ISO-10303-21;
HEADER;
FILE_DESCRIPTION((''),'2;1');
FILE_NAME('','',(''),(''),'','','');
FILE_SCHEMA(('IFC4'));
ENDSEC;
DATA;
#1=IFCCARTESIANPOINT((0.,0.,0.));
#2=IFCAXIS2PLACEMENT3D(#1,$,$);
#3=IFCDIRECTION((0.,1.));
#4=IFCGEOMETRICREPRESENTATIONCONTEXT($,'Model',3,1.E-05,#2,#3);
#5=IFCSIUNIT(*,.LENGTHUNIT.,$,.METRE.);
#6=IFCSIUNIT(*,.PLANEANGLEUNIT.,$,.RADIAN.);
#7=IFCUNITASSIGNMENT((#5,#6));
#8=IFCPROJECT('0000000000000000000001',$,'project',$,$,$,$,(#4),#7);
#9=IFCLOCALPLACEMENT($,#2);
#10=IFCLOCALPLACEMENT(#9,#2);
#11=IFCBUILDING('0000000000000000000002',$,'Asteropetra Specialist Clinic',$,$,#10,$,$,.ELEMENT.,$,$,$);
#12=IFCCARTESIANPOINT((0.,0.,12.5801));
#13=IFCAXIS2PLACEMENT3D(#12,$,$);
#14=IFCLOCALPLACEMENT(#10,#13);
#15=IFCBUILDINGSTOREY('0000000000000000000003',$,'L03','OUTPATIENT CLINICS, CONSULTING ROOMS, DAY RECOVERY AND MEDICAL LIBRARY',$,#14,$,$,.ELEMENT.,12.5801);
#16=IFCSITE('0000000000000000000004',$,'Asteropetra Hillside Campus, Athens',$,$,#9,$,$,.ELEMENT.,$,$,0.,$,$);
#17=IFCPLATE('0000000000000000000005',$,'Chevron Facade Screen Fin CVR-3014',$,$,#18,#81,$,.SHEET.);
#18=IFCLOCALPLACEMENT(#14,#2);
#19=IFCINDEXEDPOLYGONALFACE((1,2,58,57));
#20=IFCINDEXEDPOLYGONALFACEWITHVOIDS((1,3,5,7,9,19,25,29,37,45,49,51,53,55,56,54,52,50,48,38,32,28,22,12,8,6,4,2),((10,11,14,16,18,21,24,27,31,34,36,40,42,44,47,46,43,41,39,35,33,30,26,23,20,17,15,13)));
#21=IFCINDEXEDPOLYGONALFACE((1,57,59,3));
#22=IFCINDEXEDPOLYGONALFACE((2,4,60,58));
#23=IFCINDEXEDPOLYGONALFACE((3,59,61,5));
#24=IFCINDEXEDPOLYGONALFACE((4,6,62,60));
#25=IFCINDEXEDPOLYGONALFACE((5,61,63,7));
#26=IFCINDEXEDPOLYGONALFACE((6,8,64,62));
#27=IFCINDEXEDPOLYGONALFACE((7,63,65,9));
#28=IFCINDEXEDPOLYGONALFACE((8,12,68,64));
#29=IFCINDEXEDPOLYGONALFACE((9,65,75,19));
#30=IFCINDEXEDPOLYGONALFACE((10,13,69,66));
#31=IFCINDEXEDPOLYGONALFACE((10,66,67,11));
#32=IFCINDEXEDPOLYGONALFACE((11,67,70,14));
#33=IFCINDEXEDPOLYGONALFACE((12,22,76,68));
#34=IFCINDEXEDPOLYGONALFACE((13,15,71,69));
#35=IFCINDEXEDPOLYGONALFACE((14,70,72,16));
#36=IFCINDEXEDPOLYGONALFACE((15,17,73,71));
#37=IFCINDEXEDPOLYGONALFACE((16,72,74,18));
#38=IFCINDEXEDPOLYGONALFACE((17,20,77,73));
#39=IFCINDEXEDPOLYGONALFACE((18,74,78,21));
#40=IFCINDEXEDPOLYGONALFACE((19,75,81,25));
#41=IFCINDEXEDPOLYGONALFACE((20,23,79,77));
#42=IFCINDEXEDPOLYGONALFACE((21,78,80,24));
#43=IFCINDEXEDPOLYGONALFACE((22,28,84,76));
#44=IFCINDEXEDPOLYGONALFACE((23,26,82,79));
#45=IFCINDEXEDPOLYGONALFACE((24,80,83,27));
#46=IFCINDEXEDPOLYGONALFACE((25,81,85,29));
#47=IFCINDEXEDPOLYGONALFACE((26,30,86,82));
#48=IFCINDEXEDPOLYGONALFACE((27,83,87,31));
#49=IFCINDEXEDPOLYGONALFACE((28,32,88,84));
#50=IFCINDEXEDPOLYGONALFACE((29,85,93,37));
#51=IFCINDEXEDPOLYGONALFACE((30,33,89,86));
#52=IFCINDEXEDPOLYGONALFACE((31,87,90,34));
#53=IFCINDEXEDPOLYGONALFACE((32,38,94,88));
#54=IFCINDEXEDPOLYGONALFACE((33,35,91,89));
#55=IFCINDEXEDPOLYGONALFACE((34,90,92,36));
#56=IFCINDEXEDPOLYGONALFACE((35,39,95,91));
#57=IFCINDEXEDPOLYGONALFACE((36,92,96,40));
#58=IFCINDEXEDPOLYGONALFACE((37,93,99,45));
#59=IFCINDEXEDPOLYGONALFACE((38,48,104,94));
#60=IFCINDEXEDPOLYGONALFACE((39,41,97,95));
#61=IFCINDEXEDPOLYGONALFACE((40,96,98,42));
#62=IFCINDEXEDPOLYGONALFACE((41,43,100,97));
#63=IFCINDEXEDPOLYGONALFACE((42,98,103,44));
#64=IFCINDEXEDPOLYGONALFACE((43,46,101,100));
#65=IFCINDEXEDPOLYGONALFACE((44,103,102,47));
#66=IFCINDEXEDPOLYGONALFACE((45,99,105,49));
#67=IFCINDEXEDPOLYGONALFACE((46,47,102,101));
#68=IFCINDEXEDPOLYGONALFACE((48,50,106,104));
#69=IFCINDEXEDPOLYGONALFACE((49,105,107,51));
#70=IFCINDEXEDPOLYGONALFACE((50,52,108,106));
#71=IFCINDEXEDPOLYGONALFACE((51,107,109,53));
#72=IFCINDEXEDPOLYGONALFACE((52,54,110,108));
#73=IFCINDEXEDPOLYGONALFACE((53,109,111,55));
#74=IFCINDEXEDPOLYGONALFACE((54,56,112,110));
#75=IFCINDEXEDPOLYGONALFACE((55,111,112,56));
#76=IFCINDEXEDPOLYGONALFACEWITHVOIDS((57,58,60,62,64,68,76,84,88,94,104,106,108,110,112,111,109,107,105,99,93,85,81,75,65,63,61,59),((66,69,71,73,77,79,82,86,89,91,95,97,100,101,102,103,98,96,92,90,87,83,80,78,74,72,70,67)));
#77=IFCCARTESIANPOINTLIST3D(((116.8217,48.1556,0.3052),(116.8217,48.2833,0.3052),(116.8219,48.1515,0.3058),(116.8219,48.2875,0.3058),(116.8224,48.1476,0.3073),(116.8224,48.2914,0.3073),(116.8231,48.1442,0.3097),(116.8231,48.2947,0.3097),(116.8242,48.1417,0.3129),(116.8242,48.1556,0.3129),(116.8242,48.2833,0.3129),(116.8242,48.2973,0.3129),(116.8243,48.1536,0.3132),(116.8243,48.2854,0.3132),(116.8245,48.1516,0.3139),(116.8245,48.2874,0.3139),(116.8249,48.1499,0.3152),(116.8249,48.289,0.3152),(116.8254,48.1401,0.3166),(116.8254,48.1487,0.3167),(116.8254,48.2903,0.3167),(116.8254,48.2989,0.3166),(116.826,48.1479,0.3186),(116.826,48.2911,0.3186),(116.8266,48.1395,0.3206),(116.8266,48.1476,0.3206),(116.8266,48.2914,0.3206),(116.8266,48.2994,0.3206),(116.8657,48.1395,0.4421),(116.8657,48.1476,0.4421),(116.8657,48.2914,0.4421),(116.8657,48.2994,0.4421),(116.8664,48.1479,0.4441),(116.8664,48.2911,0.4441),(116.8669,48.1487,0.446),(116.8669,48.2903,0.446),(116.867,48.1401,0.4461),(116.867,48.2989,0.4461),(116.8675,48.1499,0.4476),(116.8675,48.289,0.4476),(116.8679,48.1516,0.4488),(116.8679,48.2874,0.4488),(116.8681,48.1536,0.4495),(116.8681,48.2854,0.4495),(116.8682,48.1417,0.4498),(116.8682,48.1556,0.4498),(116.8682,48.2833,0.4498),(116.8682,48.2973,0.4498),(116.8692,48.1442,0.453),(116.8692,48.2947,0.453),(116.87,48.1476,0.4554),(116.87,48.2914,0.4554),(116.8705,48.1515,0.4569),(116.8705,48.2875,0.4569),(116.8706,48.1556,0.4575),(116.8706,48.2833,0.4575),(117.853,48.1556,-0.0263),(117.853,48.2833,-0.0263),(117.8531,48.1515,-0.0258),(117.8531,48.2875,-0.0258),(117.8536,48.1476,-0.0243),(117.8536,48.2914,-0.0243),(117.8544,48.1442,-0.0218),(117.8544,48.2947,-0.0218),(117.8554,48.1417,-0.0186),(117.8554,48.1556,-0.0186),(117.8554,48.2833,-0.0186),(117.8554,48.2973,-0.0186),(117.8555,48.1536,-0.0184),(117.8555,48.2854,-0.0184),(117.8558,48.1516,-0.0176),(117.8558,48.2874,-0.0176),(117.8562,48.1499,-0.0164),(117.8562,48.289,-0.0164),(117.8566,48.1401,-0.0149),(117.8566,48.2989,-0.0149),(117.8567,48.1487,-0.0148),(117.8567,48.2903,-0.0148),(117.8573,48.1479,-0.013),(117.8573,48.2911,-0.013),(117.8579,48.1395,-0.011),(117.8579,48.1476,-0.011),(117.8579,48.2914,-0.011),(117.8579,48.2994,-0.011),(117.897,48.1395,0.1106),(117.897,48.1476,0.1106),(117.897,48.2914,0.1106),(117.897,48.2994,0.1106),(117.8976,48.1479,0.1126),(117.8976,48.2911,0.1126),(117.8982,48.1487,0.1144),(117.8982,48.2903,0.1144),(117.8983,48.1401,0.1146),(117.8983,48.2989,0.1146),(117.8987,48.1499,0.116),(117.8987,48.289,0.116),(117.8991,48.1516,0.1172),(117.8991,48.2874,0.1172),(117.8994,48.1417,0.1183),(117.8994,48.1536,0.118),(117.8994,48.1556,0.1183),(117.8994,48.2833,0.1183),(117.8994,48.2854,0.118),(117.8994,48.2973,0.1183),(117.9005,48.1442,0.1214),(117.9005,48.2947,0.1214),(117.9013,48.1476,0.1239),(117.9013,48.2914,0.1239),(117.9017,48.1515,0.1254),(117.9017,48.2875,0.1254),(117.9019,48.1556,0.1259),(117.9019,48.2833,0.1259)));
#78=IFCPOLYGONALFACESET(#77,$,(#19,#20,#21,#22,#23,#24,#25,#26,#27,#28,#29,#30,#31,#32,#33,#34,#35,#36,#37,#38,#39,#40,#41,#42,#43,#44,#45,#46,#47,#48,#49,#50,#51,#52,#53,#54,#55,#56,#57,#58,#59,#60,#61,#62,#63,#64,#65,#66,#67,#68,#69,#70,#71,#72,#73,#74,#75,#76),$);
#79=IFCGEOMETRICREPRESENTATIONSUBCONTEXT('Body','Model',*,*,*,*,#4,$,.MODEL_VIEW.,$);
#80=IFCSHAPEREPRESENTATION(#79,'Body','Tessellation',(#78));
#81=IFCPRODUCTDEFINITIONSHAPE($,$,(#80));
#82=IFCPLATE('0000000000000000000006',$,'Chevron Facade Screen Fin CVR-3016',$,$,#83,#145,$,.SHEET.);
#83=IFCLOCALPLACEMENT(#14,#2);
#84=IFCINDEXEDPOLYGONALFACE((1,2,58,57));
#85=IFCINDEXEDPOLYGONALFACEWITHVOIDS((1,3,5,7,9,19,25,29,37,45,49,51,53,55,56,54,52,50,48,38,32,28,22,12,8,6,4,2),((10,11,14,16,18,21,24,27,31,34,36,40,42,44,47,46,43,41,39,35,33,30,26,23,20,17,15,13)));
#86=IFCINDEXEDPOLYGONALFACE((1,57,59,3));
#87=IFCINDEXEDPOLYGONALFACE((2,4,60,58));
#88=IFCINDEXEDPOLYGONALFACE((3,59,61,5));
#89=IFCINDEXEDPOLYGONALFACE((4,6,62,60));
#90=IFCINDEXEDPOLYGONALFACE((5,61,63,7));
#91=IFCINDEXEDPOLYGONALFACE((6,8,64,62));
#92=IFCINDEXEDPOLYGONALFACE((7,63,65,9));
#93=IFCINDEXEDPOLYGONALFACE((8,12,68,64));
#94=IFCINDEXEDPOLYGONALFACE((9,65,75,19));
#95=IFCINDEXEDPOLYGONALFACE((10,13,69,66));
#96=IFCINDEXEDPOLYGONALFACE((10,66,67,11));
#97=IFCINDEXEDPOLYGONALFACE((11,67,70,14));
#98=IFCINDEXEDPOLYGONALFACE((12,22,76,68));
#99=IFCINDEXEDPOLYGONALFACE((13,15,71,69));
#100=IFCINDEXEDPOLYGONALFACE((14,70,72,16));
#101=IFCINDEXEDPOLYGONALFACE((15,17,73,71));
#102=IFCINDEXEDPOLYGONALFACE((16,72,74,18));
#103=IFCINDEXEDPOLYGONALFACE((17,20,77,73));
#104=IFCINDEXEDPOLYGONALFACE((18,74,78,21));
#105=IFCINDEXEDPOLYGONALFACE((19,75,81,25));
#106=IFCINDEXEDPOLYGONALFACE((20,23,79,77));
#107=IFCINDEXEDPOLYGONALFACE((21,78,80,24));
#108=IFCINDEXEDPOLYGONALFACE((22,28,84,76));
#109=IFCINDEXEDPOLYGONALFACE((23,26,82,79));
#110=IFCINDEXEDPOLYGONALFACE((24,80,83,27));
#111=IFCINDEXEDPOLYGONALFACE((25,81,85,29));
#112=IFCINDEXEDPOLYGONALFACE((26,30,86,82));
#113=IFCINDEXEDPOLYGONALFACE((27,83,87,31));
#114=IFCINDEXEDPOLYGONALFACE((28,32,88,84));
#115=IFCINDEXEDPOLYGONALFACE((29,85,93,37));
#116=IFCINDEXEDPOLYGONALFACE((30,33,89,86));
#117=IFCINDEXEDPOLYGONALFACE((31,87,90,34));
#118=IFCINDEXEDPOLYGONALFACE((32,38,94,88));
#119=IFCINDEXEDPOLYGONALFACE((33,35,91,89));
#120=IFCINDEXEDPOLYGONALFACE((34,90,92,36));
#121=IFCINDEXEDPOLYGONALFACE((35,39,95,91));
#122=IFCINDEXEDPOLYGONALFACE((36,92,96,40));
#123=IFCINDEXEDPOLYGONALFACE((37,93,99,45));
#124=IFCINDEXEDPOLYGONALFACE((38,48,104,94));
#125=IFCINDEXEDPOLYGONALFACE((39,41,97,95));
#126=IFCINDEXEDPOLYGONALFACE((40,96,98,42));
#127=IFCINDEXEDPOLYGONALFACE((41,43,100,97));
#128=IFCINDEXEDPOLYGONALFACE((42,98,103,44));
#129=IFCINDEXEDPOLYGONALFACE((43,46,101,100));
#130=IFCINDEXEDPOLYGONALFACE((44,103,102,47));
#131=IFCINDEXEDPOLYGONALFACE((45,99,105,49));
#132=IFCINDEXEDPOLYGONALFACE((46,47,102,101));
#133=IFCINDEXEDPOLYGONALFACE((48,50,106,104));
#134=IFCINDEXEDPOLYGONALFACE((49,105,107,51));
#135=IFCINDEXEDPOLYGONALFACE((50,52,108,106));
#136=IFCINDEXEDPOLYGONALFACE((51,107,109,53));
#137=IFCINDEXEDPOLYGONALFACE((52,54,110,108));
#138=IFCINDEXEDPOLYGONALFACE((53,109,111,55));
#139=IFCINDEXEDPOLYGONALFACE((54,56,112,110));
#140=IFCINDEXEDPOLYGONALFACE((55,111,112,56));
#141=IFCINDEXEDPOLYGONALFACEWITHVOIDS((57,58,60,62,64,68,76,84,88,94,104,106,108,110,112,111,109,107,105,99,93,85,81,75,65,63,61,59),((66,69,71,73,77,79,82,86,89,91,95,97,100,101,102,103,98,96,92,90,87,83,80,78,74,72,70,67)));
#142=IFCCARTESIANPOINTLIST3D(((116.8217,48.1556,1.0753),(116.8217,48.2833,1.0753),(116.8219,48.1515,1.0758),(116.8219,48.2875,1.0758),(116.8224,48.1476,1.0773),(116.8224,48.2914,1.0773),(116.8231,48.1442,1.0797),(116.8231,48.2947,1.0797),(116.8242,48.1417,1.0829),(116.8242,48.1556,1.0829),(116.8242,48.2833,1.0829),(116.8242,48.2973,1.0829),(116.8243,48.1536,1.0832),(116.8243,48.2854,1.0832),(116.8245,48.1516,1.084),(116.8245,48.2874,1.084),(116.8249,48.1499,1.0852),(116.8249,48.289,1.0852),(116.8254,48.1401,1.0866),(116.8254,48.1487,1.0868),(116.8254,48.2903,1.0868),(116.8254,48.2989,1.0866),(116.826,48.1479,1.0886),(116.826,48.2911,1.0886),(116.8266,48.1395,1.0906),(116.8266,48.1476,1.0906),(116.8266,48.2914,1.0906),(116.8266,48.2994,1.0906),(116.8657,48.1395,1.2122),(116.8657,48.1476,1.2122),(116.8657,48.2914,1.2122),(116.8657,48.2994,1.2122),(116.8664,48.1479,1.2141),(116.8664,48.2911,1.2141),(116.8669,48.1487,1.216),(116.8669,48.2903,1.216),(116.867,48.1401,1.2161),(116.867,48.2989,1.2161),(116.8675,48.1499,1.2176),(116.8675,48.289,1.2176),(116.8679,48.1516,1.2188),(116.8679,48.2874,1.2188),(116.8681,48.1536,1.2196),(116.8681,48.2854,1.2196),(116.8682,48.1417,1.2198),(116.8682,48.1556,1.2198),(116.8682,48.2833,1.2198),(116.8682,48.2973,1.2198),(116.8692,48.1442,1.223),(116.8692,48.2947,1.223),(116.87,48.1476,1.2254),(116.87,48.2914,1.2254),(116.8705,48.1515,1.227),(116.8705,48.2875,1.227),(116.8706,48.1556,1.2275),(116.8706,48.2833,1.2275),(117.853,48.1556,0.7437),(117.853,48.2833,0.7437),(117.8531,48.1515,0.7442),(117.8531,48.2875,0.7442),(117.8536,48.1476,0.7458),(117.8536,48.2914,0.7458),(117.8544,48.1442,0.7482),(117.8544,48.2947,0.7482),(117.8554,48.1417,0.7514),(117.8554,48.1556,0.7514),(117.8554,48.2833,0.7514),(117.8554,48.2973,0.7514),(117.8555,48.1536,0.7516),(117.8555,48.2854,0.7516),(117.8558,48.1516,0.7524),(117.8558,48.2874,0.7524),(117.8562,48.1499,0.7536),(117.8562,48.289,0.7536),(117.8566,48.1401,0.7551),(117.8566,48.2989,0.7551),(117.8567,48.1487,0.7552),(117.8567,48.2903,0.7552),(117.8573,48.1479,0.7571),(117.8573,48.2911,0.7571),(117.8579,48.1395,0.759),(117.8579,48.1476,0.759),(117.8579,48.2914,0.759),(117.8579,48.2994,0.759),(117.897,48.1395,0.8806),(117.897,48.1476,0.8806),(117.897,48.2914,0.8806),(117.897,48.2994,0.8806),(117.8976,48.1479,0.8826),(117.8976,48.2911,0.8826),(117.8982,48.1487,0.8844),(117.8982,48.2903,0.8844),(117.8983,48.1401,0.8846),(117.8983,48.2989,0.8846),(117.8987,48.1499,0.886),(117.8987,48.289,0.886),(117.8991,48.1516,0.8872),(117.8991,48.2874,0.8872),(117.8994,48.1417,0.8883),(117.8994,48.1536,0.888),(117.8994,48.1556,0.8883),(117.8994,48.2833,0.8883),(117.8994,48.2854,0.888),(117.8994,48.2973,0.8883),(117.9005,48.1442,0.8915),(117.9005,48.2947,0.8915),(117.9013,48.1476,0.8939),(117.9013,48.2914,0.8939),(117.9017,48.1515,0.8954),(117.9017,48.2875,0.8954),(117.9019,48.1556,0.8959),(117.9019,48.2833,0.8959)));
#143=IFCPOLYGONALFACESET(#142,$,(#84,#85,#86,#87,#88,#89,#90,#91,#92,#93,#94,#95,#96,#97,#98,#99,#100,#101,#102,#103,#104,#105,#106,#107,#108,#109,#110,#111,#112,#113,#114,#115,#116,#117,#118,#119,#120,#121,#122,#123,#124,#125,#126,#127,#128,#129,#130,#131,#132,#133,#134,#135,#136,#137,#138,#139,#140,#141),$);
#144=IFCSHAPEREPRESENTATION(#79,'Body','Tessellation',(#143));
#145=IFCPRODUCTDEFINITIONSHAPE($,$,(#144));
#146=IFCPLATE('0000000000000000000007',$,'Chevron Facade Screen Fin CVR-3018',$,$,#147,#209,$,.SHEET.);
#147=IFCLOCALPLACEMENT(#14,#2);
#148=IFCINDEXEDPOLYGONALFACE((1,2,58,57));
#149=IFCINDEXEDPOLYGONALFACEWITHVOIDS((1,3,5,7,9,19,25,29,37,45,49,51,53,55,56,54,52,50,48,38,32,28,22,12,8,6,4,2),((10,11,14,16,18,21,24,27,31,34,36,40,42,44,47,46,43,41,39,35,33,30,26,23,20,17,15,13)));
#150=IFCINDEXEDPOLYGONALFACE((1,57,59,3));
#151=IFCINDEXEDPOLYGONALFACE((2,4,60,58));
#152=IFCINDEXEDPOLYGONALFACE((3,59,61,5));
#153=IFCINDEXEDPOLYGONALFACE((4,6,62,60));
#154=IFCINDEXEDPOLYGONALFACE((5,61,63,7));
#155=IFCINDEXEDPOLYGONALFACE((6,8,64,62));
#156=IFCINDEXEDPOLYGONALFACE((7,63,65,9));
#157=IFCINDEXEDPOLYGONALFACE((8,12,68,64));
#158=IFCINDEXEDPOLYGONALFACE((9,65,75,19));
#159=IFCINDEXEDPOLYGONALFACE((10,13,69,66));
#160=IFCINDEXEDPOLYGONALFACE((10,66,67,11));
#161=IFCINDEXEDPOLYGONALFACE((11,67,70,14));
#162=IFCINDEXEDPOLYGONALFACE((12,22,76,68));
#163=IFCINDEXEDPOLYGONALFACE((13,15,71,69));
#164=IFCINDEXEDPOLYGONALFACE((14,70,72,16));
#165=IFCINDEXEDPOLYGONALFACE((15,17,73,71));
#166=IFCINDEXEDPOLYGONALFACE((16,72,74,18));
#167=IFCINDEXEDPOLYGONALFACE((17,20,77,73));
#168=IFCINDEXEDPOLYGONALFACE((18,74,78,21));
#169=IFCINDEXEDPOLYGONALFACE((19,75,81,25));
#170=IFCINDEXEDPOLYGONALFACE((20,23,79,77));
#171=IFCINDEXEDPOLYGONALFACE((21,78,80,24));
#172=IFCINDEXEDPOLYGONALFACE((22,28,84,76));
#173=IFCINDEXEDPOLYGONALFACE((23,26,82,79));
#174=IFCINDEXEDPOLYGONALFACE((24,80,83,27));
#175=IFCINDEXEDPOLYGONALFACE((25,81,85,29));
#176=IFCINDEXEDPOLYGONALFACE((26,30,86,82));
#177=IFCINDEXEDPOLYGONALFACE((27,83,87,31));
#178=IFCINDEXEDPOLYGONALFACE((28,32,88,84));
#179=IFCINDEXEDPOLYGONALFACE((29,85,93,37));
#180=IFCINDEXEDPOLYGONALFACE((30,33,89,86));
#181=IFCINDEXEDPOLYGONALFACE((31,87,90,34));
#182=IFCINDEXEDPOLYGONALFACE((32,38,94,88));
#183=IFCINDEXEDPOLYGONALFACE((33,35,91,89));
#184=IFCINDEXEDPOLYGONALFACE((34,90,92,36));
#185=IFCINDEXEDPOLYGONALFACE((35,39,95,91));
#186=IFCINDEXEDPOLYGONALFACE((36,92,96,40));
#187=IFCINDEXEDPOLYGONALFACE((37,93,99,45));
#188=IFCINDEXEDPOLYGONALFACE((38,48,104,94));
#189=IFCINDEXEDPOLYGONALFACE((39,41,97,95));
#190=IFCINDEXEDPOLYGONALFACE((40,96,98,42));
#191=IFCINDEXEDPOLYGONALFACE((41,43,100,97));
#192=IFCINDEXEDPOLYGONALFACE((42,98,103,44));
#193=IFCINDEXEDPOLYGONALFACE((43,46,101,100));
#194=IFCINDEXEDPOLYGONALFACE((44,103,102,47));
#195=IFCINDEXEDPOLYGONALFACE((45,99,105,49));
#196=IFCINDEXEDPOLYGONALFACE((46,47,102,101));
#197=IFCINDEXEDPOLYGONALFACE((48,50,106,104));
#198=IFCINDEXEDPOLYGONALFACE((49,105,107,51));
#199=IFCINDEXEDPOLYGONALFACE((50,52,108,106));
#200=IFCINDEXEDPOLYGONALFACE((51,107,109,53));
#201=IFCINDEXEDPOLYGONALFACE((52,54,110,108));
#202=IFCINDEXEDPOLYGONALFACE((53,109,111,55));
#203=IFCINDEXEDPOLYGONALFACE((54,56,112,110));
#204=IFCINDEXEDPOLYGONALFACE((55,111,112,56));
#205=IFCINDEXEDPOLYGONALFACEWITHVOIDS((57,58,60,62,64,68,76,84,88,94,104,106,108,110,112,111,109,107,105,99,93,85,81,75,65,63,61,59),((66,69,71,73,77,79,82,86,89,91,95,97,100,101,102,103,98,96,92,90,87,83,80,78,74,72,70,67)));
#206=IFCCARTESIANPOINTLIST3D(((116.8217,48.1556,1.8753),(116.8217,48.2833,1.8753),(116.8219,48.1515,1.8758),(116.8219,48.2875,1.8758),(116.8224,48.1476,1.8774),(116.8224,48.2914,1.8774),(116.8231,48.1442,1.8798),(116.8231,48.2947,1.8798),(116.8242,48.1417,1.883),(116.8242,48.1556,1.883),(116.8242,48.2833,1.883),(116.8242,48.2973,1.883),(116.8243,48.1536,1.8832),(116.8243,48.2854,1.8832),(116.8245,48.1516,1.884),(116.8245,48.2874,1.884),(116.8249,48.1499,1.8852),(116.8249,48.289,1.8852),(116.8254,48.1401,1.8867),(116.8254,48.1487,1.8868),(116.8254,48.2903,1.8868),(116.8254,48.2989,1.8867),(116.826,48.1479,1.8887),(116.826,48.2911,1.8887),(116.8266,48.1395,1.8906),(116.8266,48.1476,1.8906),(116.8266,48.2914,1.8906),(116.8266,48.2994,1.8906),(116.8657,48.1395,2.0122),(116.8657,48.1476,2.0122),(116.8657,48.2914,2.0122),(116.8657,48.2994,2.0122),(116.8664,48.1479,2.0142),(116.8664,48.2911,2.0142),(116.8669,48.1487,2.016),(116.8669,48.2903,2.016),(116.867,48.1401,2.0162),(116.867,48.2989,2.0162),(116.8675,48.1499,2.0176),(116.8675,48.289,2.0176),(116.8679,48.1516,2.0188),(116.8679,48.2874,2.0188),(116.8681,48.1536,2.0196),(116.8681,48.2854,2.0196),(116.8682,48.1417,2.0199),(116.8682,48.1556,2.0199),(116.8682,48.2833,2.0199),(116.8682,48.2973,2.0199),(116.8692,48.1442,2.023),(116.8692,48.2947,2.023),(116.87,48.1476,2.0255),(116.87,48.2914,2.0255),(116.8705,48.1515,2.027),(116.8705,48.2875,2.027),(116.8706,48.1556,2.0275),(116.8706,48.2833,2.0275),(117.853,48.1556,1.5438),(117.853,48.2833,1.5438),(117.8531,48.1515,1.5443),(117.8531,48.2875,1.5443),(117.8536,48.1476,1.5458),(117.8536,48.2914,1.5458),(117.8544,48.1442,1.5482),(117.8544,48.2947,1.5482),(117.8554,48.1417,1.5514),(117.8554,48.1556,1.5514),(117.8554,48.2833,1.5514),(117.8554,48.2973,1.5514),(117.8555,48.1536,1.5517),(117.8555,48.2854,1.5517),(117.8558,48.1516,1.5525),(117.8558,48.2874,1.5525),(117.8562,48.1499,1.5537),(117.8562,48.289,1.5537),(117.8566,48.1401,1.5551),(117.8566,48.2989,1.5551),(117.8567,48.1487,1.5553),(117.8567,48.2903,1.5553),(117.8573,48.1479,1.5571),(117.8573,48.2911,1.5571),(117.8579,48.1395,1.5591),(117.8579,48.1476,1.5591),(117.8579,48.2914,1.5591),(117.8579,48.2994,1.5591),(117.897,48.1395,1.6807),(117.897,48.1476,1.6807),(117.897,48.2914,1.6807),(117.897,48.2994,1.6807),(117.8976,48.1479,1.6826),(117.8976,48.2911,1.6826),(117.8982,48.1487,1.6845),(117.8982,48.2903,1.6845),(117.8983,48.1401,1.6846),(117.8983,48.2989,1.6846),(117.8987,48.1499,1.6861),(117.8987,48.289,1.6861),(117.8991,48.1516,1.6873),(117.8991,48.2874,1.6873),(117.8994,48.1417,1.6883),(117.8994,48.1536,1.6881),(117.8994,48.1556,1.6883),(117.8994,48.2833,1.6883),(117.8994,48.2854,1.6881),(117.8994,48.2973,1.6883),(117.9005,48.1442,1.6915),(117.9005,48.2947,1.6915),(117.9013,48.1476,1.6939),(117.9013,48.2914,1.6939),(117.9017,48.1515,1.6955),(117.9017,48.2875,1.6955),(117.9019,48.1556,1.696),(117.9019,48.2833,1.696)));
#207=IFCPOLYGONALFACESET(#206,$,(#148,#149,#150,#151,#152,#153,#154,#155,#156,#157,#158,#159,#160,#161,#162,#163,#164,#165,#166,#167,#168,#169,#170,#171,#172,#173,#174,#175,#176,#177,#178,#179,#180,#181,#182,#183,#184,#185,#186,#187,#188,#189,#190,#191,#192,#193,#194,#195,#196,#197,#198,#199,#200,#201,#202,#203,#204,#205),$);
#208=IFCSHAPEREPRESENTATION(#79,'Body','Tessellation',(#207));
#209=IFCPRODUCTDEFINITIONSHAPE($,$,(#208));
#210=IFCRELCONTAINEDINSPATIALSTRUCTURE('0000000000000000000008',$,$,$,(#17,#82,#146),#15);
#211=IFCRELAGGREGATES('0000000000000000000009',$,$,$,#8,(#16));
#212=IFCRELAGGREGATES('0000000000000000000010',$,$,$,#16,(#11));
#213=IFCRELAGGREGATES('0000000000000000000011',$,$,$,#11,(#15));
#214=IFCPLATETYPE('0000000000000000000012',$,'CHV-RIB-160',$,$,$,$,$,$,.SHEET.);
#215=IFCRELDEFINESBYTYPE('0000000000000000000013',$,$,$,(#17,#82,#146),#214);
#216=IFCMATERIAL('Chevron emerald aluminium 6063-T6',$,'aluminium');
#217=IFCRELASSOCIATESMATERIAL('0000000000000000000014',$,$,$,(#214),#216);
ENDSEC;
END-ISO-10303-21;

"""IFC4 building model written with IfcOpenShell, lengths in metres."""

from ifc_helpers import new_model, si_unit, direction, frame, origin, origin_2d, place, context, subcontext, project, spatial, hollow_rectangle, extrude, material, material_profile, profile_set, type_object, element, save


model = new_model("IFC4")

# Units and contexts
model_context = context("Model", 3, precision=1e-05, world=origin(), true_north=direction((0.0, 1.0)))
body_context = subcontext(model_context, "Body", "Model", "MODEL_VIEW")
ifc_project = project(units=[si_unit("LENGTHUNIT", "METRE"), si_unit("PLANEANGLEUNIT", "RADIAN")], contexts=[model_context])

# Site, building, storey
site_placement = place(None, origin())
site = spatial("IfcSite", under=ifc_project, at=site_placement, Name="Asteropetra Hillside Campus, Athens", CompositionType="ELEMENT", RefElevation=0.0)
building_placement = place(site_placement, origin())
building = spatial("IfcBuilding", under=site, at=building_placement, Name="Asteropetra Specialist Clinic", CompositionType="ELEMENT")
storey_placement = place(building_placement, frame((0.0, 0.0, 12.5801)))
storey = spatial("IfcBuildingStorey", under=building, at=storey_placement, Name="L03", Description="OUTPATIENT CLINICS, CONSULTING ROOMS, DAY RECOVERY AND MEDICAL LIBRARY", CompositionType="ELEMENT", Elevation=12.5801)

# Plates
ifc_material_1 = material(Name="Chevron emerald aluminium 6063-T6", Category="aluminium")
ifc_material_profile = material_profile(ifc_material_1, hollow_rectangle(XDim=0.1599, YDim=0.1599, WallThickness=0.0081, InnerFilletRadius=0.0081, OuterFilletRadius=0.0161, at=origin_2d()), Name="SHS 160x160x8.0")
ifc_profile_set = profile_set([ifc_material_profile], Name="Chevron emerald aluminium 6063-T6")
plate_type_1 = type_object("IfcPlateType", Name="CHV-RIB-160", PredefinedType="SHEET", material=ifc_profile_set)
for number, where, z_axis, x_axis, name in (
    (1, (117.8774, 48.2195, 0.0498), (-0.95201, 0.0, 0.306068), (0.0, -1.0, 0.0), "Chevron Facade Screen Fin CVR-3014"),
    (2, (117.8774, 48.2195, 0.8198), (-0.95201, 0.0, 0.306068), (0.0, -1.0, 0.0), "Chevron Facade Screen Fin CVR-3016"),
    (3, (117.8774, 48.2195, 1.6199), (-0.95201, 0.0, 0.306068), (0.0, -1.0, 0.0), "Chevron Facade Screen Fin CVR-3018"),
):
    element("IfcPlate", number, at=place(storey_placement, frame(where, z_axis=z_axis, x_axis=x_axis)), inside=storey, type_object=plate_type_1, Name=name, PredefinedType="SHEET", context=body_context, shape_type="SweptSolid", body=[
        extrude(hollow_rectangle(XDim=0.1599, YDim=0.1599, WallThickness=0.0081, InnerFilletRadius=0.0081, OuterFilletRadius=0.0161, at=origin_2d()), origin(), (0.0, 0.0, 1.0), 1.0833),
    ])

save(model, "model.ifc")
